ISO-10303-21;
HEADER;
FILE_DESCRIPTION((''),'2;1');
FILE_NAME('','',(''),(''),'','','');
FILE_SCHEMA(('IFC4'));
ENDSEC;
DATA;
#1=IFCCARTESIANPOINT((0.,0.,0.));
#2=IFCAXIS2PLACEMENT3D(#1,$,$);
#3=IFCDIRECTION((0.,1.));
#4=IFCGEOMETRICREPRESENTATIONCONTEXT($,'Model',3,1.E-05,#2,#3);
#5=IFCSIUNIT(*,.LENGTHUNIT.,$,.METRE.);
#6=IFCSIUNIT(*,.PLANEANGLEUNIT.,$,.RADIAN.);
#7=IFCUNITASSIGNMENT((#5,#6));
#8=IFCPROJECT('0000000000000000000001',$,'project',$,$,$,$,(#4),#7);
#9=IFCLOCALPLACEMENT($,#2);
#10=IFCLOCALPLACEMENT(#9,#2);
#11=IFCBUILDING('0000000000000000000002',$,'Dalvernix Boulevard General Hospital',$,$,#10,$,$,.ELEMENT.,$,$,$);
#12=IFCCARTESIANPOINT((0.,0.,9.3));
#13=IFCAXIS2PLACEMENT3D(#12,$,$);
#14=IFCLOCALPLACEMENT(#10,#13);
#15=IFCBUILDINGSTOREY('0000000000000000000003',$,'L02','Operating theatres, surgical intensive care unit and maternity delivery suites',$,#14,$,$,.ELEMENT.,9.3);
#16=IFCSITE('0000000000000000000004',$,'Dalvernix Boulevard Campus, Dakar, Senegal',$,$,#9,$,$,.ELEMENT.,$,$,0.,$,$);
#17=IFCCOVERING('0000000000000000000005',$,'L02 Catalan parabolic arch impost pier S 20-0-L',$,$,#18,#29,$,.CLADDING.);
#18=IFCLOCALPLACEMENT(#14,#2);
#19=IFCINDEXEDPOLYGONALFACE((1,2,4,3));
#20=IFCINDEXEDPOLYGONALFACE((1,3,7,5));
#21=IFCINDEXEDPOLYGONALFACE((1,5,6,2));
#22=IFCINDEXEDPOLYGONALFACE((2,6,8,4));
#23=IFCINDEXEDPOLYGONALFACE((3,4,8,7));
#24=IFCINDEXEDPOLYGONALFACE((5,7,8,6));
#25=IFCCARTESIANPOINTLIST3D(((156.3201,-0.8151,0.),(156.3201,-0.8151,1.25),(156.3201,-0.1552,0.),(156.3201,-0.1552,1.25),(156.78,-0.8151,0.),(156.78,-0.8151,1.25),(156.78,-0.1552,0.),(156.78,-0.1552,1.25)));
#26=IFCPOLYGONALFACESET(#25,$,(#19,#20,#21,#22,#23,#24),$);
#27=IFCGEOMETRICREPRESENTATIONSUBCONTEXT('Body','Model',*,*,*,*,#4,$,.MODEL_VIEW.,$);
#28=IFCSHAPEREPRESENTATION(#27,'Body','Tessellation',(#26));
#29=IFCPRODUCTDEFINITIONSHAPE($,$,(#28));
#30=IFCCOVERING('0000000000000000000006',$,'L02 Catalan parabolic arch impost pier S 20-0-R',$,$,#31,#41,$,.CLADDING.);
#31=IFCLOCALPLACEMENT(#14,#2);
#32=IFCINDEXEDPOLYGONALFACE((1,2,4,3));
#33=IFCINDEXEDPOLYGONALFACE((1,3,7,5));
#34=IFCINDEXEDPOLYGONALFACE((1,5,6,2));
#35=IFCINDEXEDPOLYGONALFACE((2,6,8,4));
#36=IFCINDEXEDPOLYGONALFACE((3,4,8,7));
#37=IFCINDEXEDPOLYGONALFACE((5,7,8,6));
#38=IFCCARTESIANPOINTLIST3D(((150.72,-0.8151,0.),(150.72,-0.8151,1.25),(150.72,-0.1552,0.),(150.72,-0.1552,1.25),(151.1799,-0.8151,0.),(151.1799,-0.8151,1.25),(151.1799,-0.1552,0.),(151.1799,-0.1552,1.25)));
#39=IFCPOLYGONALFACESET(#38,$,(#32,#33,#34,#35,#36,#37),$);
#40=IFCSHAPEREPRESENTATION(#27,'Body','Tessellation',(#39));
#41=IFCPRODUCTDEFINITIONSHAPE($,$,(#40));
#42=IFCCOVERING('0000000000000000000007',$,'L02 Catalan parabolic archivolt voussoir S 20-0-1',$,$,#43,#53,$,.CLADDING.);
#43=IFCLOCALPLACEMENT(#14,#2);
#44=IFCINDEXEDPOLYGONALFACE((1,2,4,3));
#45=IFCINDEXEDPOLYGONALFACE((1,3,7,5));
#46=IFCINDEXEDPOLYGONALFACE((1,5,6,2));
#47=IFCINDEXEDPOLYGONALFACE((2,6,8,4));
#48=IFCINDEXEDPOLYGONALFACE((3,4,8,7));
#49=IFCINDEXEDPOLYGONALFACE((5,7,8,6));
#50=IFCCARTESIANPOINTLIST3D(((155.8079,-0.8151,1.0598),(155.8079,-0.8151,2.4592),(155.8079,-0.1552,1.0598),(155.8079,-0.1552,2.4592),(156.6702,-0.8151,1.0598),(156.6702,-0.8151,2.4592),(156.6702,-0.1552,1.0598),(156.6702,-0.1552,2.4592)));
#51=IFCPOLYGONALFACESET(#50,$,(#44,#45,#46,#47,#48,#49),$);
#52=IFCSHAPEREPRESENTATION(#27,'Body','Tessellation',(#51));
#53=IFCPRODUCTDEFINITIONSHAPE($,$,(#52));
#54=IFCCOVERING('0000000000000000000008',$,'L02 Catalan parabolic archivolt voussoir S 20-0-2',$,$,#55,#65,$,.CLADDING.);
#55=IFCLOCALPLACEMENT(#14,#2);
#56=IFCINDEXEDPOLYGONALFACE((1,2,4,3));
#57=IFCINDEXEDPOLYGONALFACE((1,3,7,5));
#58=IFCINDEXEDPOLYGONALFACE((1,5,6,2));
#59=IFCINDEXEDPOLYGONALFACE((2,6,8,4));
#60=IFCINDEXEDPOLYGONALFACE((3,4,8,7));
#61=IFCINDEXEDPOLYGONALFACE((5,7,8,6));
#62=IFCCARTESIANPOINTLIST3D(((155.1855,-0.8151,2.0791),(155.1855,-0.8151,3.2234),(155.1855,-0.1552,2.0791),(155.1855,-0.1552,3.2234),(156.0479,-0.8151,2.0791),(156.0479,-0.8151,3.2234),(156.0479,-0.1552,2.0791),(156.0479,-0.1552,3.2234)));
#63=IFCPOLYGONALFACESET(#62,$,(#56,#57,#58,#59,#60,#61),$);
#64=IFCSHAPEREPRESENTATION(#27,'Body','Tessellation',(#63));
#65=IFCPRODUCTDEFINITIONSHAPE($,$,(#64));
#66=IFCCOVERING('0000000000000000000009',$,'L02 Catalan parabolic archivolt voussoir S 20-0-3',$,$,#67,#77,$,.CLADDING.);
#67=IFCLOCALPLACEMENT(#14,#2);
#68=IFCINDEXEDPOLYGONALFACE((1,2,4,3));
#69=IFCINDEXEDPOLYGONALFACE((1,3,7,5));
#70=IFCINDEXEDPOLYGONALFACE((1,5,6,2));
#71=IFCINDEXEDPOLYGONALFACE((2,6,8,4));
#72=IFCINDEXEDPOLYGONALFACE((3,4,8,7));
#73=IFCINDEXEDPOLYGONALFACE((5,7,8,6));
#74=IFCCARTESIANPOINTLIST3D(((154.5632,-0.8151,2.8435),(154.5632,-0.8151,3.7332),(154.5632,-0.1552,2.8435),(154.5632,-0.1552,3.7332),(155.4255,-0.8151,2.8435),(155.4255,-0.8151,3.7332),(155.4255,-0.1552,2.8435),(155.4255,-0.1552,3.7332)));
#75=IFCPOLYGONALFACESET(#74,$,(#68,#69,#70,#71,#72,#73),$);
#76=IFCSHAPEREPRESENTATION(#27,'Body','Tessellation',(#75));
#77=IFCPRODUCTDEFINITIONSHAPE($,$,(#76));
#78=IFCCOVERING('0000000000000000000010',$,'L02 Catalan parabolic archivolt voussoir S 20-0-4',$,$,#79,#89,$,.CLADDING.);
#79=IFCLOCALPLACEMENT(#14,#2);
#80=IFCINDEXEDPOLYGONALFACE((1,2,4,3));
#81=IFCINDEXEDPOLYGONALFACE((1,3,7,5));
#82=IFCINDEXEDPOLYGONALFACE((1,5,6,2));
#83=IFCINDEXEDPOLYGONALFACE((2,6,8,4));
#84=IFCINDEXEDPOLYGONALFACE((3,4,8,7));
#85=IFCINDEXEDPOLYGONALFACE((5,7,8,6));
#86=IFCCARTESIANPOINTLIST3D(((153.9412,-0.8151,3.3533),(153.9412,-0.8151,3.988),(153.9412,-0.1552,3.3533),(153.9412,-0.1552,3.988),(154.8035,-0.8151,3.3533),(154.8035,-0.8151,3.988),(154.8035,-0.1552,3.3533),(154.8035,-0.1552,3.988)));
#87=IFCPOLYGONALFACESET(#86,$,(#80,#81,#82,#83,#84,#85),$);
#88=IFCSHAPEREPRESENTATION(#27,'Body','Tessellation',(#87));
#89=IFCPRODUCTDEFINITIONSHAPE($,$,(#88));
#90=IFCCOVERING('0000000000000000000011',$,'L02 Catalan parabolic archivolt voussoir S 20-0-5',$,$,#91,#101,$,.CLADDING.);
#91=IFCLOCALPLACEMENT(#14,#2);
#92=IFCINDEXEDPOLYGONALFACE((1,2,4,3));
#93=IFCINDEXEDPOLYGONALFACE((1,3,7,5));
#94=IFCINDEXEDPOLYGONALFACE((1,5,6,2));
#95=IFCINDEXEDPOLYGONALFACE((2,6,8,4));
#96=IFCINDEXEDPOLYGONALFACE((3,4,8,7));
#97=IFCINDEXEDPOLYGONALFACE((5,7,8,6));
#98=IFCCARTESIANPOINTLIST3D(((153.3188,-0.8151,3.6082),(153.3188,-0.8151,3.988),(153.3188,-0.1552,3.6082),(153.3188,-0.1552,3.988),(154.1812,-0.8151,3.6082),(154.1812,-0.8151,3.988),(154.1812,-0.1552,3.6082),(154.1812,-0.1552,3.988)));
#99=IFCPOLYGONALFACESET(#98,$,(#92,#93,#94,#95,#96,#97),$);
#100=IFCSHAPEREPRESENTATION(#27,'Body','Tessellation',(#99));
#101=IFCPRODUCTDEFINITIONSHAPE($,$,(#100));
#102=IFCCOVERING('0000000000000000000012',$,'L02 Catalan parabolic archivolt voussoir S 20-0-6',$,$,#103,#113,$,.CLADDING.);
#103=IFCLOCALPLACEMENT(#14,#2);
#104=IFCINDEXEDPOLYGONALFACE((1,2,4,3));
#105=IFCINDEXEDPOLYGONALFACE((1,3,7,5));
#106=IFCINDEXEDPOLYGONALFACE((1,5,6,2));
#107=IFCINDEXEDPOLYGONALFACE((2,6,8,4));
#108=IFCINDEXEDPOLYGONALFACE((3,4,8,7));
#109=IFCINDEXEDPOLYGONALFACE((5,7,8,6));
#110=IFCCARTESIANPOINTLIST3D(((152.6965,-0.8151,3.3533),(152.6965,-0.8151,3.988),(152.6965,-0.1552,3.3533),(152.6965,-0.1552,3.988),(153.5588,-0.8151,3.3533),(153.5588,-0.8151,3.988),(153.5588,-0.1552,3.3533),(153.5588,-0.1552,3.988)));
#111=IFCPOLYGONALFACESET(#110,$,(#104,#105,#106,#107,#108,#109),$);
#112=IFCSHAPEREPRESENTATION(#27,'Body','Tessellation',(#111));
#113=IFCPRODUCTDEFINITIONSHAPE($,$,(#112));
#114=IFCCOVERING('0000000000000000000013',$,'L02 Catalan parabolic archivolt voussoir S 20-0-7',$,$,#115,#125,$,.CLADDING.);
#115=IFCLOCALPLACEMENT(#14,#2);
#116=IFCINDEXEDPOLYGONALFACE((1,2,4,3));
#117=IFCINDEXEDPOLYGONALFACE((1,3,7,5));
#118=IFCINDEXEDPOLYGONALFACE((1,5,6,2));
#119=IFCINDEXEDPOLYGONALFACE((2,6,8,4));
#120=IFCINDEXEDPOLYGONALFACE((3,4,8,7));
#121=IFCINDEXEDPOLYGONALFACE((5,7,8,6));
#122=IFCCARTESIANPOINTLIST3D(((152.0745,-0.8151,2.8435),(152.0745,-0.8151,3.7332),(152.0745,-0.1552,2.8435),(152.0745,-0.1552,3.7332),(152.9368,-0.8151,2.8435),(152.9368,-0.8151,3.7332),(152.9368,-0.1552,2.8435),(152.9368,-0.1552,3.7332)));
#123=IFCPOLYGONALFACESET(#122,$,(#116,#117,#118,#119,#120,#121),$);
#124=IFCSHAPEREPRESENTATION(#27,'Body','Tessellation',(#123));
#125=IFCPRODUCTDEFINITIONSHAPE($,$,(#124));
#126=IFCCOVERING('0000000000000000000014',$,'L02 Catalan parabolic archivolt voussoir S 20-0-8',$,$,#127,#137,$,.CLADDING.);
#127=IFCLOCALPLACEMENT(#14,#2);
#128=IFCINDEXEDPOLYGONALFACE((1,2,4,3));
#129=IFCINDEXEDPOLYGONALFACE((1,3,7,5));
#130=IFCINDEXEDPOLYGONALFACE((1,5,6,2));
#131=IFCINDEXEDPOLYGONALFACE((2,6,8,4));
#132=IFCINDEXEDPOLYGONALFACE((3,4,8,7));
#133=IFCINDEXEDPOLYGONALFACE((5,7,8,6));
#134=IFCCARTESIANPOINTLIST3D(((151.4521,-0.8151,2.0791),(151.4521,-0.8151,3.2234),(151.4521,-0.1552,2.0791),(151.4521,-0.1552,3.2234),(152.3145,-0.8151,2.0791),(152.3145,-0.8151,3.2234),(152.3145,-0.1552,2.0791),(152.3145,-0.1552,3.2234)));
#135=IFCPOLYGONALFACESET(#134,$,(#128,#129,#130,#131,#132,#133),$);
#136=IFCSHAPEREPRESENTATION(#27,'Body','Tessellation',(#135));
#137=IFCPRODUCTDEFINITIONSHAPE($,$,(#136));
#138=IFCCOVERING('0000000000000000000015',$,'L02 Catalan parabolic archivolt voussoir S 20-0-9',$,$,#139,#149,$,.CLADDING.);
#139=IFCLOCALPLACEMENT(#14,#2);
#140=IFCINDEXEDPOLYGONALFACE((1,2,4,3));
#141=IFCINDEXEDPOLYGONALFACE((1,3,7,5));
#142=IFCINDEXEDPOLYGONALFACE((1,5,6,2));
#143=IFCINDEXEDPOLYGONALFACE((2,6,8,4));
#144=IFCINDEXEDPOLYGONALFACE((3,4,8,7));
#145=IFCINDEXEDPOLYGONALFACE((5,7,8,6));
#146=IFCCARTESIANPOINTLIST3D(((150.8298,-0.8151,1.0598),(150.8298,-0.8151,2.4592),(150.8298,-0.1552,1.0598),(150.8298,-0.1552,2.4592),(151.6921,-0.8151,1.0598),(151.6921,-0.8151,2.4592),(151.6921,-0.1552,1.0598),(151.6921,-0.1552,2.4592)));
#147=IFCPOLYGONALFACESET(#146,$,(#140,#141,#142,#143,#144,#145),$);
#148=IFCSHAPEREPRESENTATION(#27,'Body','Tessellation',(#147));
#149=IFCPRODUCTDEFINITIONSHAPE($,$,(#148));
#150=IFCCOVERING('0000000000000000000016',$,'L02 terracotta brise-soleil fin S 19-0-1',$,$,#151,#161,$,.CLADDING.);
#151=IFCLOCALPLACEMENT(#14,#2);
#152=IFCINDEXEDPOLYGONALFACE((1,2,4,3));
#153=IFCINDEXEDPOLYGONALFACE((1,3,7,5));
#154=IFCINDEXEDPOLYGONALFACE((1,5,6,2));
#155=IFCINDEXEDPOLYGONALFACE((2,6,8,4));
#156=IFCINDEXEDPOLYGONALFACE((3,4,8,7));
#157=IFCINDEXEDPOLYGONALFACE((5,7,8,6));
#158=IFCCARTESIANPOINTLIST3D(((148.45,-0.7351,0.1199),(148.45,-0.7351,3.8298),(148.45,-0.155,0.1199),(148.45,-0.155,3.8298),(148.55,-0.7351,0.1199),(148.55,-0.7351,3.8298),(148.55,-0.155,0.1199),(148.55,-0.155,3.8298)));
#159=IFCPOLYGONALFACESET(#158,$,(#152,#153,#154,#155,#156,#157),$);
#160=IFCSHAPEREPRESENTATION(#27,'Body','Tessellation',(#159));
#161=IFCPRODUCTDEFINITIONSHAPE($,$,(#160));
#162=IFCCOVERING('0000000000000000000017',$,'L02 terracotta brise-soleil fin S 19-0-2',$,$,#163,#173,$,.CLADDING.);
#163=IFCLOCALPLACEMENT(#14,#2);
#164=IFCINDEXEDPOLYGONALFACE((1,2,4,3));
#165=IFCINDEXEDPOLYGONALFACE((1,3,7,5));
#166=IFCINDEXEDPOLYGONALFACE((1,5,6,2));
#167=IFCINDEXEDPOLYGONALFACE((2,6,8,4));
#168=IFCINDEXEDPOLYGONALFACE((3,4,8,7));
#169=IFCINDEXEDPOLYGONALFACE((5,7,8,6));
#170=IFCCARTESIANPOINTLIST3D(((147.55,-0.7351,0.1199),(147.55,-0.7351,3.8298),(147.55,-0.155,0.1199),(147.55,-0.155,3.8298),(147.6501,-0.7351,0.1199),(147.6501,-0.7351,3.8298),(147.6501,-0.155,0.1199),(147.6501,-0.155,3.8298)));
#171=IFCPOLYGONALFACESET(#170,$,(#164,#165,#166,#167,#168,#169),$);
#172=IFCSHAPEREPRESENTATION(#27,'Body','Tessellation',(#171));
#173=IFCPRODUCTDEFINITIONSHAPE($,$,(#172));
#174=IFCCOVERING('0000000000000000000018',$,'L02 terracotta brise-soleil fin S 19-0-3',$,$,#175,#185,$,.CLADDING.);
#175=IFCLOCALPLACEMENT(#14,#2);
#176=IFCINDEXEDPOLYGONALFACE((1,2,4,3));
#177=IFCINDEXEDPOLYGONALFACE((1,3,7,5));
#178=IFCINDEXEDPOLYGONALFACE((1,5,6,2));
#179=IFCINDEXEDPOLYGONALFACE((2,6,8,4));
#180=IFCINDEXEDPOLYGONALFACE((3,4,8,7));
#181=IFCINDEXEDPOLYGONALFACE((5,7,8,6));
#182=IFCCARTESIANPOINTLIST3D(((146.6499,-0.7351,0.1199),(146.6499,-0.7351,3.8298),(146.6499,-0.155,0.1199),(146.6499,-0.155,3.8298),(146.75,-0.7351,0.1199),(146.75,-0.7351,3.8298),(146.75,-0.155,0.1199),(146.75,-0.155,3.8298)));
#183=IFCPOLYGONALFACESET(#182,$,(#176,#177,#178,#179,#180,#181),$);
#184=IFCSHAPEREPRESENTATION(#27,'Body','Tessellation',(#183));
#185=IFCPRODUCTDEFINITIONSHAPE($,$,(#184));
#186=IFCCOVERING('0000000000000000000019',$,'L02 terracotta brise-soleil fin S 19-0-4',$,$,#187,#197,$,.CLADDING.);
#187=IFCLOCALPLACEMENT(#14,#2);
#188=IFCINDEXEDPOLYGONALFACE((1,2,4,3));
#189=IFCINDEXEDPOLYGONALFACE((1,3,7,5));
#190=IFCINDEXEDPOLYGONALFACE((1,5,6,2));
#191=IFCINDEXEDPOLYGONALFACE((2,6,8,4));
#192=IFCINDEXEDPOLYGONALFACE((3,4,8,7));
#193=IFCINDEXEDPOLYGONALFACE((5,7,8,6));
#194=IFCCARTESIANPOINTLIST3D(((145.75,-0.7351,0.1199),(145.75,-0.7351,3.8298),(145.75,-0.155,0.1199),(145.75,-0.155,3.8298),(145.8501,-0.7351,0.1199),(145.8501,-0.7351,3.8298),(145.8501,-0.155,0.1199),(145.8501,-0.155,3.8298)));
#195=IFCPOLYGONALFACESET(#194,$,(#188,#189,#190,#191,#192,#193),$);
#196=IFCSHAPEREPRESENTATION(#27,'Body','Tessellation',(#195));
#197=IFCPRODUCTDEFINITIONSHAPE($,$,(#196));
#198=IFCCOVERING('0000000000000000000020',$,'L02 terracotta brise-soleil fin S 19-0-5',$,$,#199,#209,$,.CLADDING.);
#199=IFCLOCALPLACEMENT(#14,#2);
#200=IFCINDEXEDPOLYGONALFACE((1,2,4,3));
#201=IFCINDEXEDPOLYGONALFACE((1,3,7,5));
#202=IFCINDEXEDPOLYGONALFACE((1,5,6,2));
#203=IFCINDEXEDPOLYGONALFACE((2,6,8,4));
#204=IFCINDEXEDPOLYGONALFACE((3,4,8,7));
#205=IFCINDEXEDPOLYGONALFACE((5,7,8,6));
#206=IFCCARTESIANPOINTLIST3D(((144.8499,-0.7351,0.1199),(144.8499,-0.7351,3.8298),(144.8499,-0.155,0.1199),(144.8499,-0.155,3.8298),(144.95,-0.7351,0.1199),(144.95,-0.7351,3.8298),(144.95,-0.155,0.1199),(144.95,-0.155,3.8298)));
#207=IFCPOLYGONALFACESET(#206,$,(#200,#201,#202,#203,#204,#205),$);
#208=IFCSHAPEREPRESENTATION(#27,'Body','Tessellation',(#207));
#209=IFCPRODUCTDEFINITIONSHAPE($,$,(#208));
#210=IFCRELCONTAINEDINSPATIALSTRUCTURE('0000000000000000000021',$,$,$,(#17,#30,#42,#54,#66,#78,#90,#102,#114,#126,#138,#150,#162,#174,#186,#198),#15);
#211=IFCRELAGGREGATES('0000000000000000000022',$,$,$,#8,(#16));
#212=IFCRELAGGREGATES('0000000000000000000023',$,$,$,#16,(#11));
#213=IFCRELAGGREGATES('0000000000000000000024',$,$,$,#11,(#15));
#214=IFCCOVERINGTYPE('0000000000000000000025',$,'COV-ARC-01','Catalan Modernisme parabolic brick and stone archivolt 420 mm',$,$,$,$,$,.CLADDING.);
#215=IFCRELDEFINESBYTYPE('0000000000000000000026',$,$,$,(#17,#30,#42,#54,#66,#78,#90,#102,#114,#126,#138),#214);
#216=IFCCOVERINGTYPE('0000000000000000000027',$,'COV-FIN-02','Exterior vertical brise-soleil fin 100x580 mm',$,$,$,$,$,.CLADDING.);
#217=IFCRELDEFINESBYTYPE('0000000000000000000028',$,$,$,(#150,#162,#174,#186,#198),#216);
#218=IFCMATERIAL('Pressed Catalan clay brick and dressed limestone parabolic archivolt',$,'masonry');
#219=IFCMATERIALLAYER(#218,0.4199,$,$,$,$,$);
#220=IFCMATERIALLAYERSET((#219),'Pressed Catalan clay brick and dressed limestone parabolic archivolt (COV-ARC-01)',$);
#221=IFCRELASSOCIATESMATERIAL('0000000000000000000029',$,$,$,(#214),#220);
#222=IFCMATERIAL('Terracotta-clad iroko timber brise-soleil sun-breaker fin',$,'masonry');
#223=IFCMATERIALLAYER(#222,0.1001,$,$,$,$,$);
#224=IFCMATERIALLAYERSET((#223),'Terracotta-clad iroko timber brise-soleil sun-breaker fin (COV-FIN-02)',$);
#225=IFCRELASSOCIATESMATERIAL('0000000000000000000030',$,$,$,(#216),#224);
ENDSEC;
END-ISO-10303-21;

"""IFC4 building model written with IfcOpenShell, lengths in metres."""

from ifc_helpers import new_model, si_unit, direction, frame, origin, origin_2d, place, context, subcontext, project, spatial, rectangle, extrude, material, layer, layer_set, type_object, element, save


model = new_model("IFC4")

# Units and contexts
model_context = context("Model", 3, precision=1e-05, world=origin(), true_north=direction((0.0, 1.0)))
body_context = subcontext(model_context, "Body", "Model", "MODEL_VIEW")
ifc_project = project(units=[si_unit("LENGTHUNIT", "METRE"), si_unit("PLANEANGLEUNIT", "RADIAN")], contexts=[model_context])

# Site, building, storey
site_placement = place(None, origin())
site = spatial("IfcSite", under=ifc_project, at=site_placement, Name="Dalvernix Boulevard Campus, Dakar, Senegal", CompositionType="ELEMENT", RefElevation=0.0)
building_placement = place(site_placement, origin())
building = spatial("IfcBuilding", under=site, at=building_placement, Name="Dalvernix Boulevard General Hospital", CompositionType="ELEMENT")
storey_placement = place(building_placement, frame((0.0, 0.0, 9.3)))
storey = spatial("IfcBuildingStorey", under=building, at=storey_placement, Name="L02", Description="Operating theatres, surgical intensive care unit and maternity delivery suites", CompositionType="ELEMENT", Elevation=9.3)

# Coverings
ifc_material_1 = material(Name="Pressed Catalan clay brick and dressed limestone parabolic archivolt", Category="masonry")
ifc_layer_1 = layer(ifc_material_1, 0.4199)
ifc_layer_set_1 = layer_set([ifc_layer_1], Name="Pressed Catalan clay brick and dressed limestone parabolic archivolt (COV-ARC-01)")
covering_type_1 = type_object("IfcCoveringType", Name="COV-ARC-01", Description="Catalan Modernisme parabolic brick and stone archivolt 420 mm", PredefinedType="CLADDING", material=ifc_layer_set_1)
for number, where, z_axis, x_axis, name in (
    (1, (156.55, -0.4851, 0.0), (0.0, 0.0, 1.0), (-1.0, 0.0, 0.0), "L02 Catalan parabolic arch impost pier S 20-0-L"),
    (2, (150.95, -0.4851, 0.0), (0.0, 0.0, 1.0), (-1.0, 0.0, 0.0), "L02 Catalan parabolic arch impost pier S 20-0-R"),
):
    element("IfcCovering", number, at=place(storey_placement, frame(where, z_axis=z_axis, x_axis=x_axis)), inside=storey, type_object=covering_type_1, Name=name, PredefinedType="CLADDING", context=body_context, shape_type="SweptSolid", body=[
        extrude(rectangle(XDim=0.46, YDim=0.6599, at=origin_2d()), origin(), (0.0, 0.0, 1.0), 1.25),
    ])
covering_1_placement = place(storey_placement, frame((156.239, -0.4851, 1.0598), z_axis=(0.0, 0.0, 1.0), x_axis=(-1.0, 0.0, 0.0)))
element("IfcCovering", 3, at=covering_1_placement, inside=storey, type_object=covering_type_1, Name="L02 Catalan parabolic archivolt voussoir S 20-0-1", PredefinedType="CLADDING", context=body_context, shape_type="SweptSolid", body=[
    extrude(rectangle(XDim=0.8623, YDim=0.6599, at=origin_2d()), origin(), (0.0, 0.0, 1.0), 1.3994),
])
covering_2_placement = place(storey_placement, frame((155.6167, -0.4851, 2.0791), z_axis=(0.0, 0.0, 1.0), x_axis=(-1.0, 0.0, 0.0)))
element("IfcCovering", 4, at=covering_2_placement, inside=storey, type_object=covering_type_1, Name="L02 Catalan parabolic archivolt voussoir S 20-0-2", PredefinedType="CLADDING", context=body_context, shape_type="SweptSolid", body=[
    extrude(rectangle(XDim=0.8623, YDim=0.6599, at=origin_2d()), origin(), (0.0, 0.0, 1.0), 1.1443),
])
covering_3_placement = place(storey_placement, frame((154.9944, -0.4851, 2.8435), z_axis=(0.0, 0.0, 1.0), x_axis=(-1.0, 0.0, 0.0)))
element("IfcCovering", 5, at=covering_3_placement, inside=storey, type_object=covering_type_1, Name="L02 Catalan parabolic archivolt voussoir S 20-0-3", PredefinedType="CLADDING", context=body_context, shape_type="SweptSolid", body=[
    extrude(rectangle(XDim=0.8623, YDim=0.6599, at=origin_2d()), origin(), (0.0, 0.0, 1.0), 0.8896),
])
covering_4_placement = place(storey_placement, frame((154.3723, -0.4851, 3.3533), z_axis=(0.0, 0.0, 1.0), x_axis=(-1.0, 0.0, 0.0)))
element("IfcCovering", 6, at=covering_4_placement, inside=storey, type_object=covering_type_1, Name="L02 Catalan parabolic archivolt voussoir S 20-0-4", PredefinedType="CLADDING", context=body_context, shape_type="SweptSolid", body=[
    extrude(rectangle(XDim=0.8623, YDim=0.6599, at=origin_2d()), origin(), (0.0, 0.0, 1.0), 0.6348),
])
covering_5_placement = place(storey_placement, frame((153.75, -0.4851, 3.6082), z_axis=(0.0, 0.0, 1.0), x_axis=(-1.0, 0.0, 0.0)))
element("IfcCovering", 7, at=covering_5_placement, inside=storey, type_object=covering_type_1, Name="L02 Catalan parabolic archivolt voussoir S 20-0-5", PredefinedType="CLADDING", context=body_context, shape_type="SweptSolid", body=[
    extrude(rectangle(XDim=0.8623, YDim=0.6599, at=origin_2d()), origin(), (0.0, 0.0, 1.0), 0.3799),
])
covering_6_placement = place(storey_placement, frame((153.1277, -0.4851, 3.3533), z_axis=(0.0, 0.0, 1.0), x_axis=(-1.0, 0.0, 0.0)))
element("IfcCovering", 8, at=covering_6_placement, inside=storey, type_object=covering_type_1, Name="L02 Catalan parabolic archivolt voussoir S 20-0-6", PredefinedType="CLADDING", context=body_context, shape_type="SweptSolid", body=[
    extrude(rectangle(XDim=0.8623, YDim=0.6599, at=origin_2d()), origin(), (0.0, 0.0, 1.0), 0.6348),
])
covering_7_placement = place(storey_placement, frame((152.5056, -0.4851, 2.8435), z_axis=(0.0, 0.0, 1.0), x_axis=(-1.0, 0.0, 0.0)))
element("IfcCovering", 9, at=covering_7_placement, inside=storey, type_object=covering_type_1, Name="L02 Catalan parabolic archivolt voussoir S 20-0-7", PredefinedType="CLADDING", context=body_context, shape_type="SweptSolid", body=[
    extrude(rectangle(XDim=0.8623, YDim=0.6599, at=origin_2d()), origin(), (0.0, 0.0, 1.0), 0.8896),
])
covering_8_placement = place(storey_placement, frame((151.8833, -0.4851, 2.0791), z_axis=(0.0, 0.0, 1.0), x_axis=(-1.0, 0.0, 0.0)))
element("IfcCovering", 10, at=covering_8_placement, inside=storey, type_object=covering_type_1, Name="L02 Catalan parabolic archivolt voussoir S 20-0-8", PredefinedType="CLADDING", context=body_context, shape_type="SweptSolid", body=[
    extrude(rectangle(XDim=0.8623, YDim=0.6599, at=origin_2d()), origin(), (0.0, 0.0, 1.0), 1.1443),
])
covering_9_placement = place(storey_placement, frame((151.261, -0.4851, 1.0598), z_axis=(0.0, 0.0, 1.0), x_axis=(-1.0, 0.0, 0.0)))
element("IfcCovering", 11, at=covering_9_placement, inside=storey, type_object=covering_type_1, Name="L02 Catalan parabolic archivolt voussoir S 20-0-9", PredefinedType="CLADDING", context=body_context, shape_type="SweptSolid", body=[
    extrude(rectangle(XDim=0.8623, YDim=0.6599, at=origin_2d()), origin(), (0.0, 0.0, 1.0), 1.3994),
])
ifc_material_2 = material(Name="Terracotta-clad iroko timber brise-soleil sun-breaker fin", Category="masonry")
ifc_layer_2 = layer(ifc_material_2, 0.1001)
ifc_layer_set_2 = layer_set([ifc_layer_2], Name="Terracotta-clad iroko timber brise-soleil sun-breaker fin (COV-FIN-02)")
covering_type_2 = type_object("IfcCoveringType", Name="COV-FIN-02", Description="Exterior vertical brise-soleil fin 100x580 mm", PredefinedType="CLADDING", material=ifc_layer_set_2)
for number, where, z_axis, x_axis, name in (
    (12, (148.5, -0.4451, 0.1199), (0.0, 0.0, 1.0), (-1.0, 0.0, 0.0), "L02 terracotta brise-soleil fin S 19-0-1"),
    (13, (147.6001, -0.4451, 0.1199), (0.0, 0.0, 1.0), (-1.0, 0.0, 0.0), "L02 terracotta brise-soleil fin S 19-0-2"),
    (14, (146.7, -0.4451, 0.1199), (0.0, 0.0, 1.0), (-1.0, 0.0, 0.0), "L02 terracotta brise-soleil fin S 19-0-3"),
    (15, (145.8, -0.4451, 0.1199), (0.0, 0.0, 1.0), (-1.0, 0.0, 0.0), "L02 terracotta brise-soleil fin S 19-0-4"),
    (16, (144.8999, -0.4451, 0.1199), (0.0, 0.0, 1.0), (-1.0, 0.0, 0.0), "L02 terracotta brise-soleil fin S 19-0-5"),
):
    element("IfcCovering", number, at=place(storey_placement, frame(where, z_axis=z_axis, x_axis=x_axis)), inside=storey, type_object=covering_type_2, Name=name, PredefinedType="CLADDING", context=body_context, shape_type="SweptSolid", body=[
        extrude(rectangle(XDim=0.1001, YDim=0.5801, at=origin_2d()), origin(), (0.0, 0.0, 1.0), 3.71),
    ])

save(model, "model.ifc")
